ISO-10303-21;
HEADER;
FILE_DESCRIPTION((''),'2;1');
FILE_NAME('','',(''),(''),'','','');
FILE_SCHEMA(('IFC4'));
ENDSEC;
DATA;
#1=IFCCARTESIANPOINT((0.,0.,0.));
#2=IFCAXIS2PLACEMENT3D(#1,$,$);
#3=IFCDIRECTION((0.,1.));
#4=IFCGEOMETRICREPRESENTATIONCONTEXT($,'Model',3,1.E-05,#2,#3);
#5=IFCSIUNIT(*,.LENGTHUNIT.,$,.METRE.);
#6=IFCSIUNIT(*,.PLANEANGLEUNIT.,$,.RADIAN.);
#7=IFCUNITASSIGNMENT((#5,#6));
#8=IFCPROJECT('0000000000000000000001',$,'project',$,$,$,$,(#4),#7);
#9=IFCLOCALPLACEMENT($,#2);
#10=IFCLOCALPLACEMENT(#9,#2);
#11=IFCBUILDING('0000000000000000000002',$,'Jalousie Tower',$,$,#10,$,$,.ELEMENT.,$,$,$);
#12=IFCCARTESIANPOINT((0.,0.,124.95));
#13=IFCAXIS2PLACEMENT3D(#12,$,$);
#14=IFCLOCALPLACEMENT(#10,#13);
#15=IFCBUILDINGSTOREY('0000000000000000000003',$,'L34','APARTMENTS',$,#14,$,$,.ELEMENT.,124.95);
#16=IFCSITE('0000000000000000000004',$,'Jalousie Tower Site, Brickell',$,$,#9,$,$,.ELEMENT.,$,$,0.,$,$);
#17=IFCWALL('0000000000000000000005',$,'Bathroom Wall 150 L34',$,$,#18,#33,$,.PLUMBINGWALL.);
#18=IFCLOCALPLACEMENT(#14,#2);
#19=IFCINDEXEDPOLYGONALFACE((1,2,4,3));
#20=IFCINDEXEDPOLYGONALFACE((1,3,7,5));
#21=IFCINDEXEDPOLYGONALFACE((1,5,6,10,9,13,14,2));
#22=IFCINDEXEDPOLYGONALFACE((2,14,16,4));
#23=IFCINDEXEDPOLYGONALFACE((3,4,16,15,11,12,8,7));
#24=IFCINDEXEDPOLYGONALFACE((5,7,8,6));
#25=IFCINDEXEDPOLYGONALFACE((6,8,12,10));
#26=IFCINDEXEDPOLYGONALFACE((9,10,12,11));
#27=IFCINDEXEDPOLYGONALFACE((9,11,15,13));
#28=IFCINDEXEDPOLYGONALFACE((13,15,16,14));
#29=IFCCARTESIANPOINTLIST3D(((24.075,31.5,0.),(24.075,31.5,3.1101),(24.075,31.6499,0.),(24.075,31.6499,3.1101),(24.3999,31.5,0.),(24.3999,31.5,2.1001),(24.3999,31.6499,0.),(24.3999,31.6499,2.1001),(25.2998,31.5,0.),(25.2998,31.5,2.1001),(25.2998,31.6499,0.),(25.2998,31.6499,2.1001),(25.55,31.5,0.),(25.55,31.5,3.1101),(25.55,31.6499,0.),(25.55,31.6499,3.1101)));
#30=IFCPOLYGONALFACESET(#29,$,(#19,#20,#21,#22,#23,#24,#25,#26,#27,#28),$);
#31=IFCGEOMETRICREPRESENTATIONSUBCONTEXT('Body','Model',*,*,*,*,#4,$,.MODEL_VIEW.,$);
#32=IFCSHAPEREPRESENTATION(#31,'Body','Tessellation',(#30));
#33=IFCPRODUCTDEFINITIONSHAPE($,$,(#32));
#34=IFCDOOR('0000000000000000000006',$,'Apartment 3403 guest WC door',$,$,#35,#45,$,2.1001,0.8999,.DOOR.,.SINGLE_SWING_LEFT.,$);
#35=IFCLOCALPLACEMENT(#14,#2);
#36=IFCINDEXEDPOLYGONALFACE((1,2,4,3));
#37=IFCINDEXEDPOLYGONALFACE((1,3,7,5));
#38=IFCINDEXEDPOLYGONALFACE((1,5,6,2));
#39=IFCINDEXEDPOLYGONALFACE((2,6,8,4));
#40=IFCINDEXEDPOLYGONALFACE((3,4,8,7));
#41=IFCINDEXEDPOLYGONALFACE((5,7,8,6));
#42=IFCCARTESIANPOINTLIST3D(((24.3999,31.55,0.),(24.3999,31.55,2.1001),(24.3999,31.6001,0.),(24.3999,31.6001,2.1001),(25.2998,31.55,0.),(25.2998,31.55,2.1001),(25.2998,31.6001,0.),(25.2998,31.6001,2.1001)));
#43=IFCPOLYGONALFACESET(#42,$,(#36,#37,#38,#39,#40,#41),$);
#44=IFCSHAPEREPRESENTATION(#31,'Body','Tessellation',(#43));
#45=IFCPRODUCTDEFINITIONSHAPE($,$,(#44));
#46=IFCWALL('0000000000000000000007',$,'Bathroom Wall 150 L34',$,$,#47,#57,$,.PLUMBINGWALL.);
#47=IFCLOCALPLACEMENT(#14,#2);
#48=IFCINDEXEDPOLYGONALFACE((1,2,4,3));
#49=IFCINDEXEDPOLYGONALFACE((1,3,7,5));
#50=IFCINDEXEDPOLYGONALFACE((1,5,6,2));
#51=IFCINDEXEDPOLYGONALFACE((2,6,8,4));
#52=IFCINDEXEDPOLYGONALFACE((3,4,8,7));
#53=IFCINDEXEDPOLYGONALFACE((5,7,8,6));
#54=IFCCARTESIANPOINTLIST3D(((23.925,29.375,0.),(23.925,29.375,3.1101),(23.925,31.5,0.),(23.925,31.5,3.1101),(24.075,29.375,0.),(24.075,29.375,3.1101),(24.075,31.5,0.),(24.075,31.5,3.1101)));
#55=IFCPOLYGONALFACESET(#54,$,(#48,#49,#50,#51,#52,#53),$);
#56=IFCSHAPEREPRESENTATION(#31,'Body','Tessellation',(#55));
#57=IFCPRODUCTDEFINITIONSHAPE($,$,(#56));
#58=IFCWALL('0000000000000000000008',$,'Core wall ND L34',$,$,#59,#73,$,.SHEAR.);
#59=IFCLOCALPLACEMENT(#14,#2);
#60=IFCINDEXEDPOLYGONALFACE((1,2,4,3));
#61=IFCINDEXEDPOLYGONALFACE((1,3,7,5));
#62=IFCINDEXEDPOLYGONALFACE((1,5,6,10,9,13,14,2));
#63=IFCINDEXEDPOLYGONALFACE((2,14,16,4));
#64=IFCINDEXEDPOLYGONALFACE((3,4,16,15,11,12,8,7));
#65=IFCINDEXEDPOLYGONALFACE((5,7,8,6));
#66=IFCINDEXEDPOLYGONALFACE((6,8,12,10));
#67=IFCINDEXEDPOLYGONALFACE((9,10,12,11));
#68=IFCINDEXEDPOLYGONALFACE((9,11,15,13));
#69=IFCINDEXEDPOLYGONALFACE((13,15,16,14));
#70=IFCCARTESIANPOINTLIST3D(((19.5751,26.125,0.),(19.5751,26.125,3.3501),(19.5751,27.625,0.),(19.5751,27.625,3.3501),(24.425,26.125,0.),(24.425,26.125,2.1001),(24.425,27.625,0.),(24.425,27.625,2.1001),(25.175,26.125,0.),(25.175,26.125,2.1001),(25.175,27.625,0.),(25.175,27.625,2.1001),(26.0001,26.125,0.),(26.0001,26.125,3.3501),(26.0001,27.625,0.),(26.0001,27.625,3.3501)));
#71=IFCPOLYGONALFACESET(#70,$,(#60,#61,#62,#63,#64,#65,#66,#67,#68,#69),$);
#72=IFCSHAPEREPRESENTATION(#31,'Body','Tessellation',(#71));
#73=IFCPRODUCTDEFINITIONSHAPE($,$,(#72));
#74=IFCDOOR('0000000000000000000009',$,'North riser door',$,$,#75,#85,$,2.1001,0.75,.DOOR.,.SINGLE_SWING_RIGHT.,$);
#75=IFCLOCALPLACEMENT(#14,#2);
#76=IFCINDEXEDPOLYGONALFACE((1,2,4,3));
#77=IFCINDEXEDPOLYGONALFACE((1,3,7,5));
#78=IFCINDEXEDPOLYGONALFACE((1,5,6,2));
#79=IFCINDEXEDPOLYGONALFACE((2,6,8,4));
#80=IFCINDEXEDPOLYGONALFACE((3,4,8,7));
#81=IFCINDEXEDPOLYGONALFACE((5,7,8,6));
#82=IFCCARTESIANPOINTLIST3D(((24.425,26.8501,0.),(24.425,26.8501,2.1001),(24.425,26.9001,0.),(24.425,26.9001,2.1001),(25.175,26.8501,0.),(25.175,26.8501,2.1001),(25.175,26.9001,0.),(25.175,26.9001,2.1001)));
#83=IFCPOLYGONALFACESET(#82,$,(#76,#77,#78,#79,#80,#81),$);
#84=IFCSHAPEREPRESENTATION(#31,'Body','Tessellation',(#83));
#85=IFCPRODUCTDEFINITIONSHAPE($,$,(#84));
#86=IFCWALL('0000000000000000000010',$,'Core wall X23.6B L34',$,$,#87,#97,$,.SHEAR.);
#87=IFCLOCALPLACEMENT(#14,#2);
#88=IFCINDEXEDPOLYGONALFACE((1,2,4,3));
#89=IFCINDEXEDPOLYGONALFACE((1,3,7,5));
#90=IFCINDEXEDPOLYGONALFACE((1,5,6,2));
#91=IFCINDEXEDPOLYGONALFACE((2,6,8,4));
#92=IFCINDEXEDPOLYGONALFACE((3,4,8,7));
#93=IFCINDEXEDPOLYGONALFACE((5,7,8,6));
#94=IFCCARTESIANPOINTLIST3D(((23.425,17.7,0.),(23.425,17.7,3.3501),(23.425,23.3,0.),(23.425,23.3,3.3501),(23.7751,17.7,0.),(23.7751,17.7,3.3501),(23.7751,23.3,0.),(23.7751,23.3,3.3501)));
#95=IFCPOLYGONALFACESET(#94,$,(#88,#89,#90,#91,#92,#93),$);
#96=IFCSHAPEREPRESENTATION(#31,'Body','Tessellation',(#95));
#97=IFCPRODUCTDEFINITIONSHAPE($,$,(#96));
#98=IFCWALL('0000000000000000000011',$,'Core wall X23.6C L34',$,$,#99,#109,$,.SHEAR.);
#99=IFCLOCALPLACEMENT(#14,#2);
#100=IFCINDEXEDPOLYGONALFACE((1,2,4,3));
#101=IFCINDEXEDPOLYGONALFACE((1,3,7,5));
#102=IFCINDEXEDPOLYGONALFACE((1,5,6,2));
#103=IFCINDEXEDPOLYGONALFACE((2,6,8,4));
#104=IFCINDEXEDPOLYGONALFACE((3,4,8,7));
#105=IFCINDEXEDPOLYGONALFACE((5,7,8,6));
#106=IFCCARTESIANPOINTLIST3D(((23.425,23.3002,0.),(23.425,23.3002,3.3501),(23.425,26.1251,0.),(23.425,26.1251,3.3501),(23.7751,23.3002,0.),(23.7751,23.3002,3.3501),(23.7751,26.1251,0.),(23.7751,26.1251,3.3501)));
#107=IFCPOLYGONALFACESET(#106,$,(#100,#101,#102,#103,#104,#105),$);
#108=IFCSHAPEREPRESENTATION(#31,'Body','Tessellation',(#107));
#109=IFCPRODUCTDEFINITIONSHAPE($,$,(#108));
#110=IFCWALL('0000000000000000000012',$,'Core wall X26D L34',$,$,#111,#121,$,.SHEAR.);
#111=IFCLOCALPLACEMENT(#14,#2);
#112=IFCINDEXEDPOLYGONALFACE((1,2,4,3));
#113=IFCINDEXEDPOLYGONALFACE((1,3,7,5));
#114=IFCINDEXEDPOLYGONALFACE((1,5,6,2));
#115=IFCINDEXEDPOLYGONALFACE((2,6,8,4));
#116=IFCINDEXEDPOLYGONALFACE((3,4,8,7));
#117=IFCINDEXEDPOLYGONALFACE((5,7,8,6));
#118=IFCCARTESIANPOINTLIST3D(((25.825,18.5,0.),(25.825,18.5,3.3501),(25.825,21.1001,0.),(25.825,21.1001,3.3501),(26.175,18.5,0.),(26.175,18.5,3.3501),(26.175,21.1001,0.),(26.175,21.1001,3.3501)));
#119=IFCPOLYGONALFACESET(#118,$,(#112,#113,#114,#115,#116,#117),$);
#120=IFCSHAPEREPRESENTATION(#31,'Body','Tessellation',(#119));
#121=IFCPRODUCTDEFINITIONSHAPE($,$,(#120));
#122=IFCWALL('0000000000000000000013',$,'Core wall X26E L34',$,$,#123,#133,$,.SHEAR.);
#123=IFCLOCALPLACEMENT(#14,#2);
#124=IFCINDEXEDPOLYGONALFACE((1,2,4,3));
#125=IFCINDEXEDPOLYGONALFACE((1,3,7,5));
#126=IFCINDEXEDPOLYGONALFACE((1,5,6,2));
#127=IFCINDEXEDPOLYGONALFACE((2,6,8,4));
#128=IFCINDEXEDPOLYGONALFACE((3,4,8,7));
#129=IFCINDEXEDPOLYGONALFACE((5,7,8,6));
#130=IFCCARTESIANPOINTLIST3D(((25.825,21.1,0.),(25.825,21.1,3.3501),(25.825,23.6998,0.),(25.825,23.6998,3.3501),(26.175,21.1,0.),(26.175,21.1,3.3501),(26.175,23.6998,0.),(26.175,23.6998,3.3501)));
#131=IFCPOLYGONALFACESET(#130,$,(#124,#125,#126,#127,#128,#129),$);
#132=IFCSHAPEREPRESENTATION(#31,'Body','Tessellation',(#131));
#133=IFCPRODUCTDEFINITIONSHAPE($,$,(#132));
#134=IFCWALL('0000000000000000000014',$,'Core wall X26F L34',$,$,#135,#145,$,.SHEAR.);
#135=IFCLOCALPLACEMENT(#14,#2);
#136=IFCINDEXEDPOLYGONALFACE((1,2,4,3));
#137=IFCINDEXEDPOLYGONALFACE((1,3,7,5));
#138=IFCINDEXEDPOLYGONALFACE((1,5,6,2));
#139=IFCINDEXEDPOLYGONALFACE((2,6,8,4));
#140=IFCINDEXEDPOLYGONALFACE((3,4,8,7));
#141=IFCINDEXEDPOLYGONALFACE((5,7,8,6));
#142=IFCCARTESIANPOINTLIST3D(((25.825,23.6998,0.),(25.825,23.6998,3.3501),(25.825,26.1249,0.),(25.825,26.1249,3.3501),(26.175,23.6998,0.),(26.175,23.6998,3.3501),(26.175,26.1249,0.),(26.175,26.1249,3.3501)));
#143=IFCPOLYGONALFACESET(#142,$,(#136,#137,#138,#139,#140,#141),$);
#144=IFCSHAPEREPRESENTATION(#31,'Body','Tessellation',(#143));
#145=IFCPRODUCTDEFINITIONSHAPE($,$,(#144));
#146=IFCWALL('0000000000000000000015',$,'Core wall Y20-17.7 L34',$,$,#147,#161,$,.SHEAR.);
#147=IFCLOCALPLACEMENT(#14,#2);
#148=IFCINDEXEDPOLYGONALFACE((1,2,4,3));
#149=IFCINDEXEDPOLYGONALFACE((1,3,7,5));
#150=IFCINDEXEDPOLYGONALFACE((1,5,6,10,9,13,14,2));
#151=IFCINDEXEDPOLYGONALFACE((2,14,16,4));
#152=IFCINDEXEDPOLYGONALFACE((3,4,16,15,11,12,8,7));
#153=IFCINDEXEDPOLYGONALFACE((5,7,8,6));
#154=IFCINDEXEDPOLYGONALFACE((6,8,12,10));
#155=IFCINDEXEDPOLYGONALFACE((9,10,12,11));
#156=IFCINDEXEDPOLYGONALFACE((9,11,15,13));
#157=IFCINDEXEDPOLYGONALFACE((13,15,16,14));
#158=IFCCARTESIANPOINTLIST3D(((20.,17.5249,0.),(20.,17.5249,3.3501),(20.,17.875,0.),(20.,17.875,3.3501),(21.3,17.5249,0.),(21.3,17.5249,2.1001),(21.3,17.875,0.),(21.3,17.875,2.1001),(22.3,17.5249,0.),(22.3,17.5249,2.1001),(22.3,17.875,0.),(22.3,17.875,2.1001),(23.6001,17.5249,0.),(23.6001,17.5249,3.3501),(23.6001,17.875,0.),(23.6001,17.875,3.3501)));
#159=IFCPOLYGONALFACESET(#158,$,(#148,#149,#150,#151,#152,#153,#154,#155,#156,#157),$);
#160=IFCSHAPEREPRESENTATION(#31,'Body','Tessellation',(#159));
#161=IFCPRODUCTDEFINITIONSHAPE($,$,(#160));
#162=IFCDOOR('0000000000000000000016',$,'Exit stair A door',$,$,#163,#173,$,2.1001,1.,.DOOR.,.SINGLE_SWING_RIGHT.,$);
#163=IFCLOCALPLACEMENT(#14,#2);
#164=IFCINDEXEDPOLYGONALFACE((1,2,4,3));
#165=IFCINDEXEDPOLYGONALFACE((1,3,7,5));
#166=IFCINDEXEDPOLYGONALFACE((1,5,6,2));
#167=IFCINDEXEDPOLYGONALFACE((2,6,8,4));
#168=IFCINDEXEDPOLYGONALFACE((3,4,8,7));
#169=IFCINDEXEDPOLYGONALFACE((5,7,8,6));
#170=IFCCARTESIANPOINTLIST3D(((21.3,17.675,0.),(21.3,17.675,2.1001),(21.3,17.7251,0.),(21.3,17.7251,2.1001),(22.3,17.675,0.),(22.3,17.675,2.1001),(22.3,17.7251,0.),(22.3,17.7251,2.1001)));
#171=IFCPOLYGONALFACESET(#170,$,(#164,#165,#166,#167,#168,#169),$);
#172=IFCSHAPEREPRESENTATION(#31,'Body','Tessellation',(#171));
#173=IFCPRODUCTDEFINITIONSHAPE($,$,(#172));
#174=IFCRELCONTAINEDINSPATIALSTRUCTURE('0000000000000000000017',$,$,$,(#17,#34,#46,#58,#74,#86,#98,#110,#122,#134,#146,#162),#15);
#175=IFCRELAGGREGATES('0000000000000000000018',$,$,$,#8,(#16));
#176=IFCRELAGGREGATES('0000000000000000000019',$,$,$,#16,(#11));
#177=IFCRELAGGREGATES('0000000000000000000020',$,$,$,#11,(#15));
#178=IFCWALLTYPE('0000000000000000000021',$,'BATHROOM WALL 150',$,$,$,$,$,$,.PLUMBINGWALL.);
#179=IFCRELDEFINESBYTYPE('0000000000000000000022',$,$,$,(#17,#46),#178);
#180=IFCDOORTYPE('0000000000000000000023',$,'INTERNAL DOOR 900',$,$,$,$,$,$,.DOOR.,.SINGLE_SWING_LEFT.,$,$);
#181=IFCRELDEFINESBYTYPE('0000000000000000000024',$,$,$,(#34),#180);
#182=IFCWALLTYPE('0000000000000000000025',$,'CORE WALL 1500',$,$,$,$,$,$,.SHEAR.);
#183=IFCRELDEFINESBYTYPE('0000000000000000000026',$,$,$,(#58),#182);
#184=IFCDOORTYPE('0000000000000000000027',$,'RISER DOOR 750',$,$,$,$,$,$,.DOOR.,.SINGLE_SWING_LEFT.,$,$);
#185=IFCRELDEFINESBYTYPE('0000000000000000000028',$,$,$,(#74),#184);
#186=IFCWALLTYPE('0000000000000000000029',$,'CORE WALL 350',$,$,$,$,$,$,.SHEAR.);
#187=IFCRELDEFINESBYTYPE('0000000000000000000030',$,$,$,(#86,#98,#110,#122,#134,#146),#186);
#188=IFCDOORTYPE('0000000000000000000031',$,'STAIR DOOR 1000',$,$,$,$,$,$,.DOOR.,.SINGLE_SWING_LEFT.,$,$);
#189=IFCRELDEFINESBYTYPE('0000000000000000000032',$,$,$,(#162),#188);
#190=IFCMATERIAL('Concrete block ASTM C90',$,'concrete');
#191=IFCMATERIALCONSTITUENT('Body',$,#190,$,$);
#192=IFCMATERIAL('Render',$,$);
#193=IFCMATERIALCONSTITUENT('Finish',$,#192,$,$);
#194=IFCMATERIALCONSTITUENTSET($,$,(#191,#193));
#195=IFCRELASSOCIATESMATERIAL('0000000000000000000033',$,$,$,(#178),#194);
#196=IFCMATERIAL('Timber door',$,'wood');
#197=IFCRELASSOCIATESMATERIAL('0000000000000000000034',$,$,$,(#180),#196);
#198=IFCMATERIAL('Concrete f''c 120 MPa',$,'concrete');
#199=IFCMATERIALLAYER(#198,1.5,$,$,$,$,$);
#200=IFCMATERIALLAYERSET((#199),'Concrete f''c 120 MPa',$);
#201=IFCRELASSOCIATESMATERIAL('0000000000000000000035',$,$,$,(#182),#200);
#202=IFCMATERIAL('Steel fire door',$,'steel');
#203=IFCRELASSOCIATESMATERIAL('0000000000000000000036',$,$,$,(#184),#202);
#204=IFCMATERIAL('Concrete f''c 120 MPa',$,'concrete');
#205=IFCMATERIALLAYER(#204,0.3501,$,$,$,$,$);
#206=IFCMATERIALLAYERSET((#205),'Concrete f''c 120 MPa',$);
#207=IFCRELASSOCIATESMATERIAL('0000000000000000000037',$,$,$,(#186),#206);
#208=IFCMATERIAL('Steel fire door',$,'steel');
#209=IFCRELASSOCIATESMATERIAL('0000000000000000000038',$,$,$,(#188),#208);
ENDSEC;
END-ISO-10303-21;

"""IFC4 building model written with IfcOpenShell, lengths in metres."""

from ifc_helpers import new_model, si_unit, direction, frame, frame_2d, origin, place, context, subcontext, project, spatial, rectangle, extrude, material, layer, layer_set, constituent, constituent_set, type_object, element, fill, save


model = new_model("IFC4")

# Units and contexts
model_context = context("Model", 3, precision=1e-05, world=origin(), true_north=direction((0.0, 1.0)))
body_context = subcontext(model_context, "Body", "Model", "MODEL_VIEW")
ifc_project = project(units=[si_unit("LENGTHUNIT", "METRE"), si_unit("PLANEANGLEUNIT", "RADIAN")], contexts=[model_context])

# Site, building, storey
site_placement = place(None, origin())
site = spatial("IfcSite", under=ifc_project, at=site_placement, Name="Jalousie Tower Site, Brickell", CompositionType="ELEMENT", RefElevation=0.0)
building_placement = place(site_placement, origin())
building = spatial("IfcBuilding", under=site, at=building_placement, Name="Jalousie Tower", CompositionType="ELEMENT")
storey_placement = place(building_placement, frame((0.0, 0.0, 124.95)))
storey = spatial("IfcBuildingStorey", under=building, at=storey_placement, Name="L34", Description="APARTMENTS", CompositionType="ELEMENT", Elevation=124.95)

# Wall, opening, door
ifc_material_1 = material(Name="Concrete block ASTM C90", Category="concrete")
ifc_constituent_1 = constituent(ifc_material_1, Name="Body")
ifc_material_2 = material(Name="Render")
ifc_constituent_2 = constituent(ifc_material_2, Name="Finish")
ifc_constituent_set = constituent_set(constituents=[ifc_constituent_1, ifc_constituent_2])
wall_type_1 = type_object("IfcWallType", Name="BATHROOM WALL 150", PredefinedType="PLUMBINGWALL", material=ifc_constituent_set)
wall_1_placement = place(storey_placement, frame((24.075, 31.575, 0.0), z_axis=(0.0, 0.0, 1.0), x_axis=(1.0, 0.0, 0.0)))
wall_1 = element("IfcWall", 1, at=wall_1_placement, inside=storey, type_object=wall_type_1, Name="Bathroom Wall 150 L34", PredefinedType="PLUMBINGWALL", context=body_context, shape_type="SweptSolid", body=[
    extrude(rectangle(XDim=1.4751, YDim=0.1499, at=frame_2d((0.7375, 0.0))), origin(), (0.0, 0.0, 1.0), 3.1101),
])
opening_1_placement = place(wall_1_placement, frame((0.325, 0.0, 0.0)))
opening_1 = element("IfcOpeningElement", 2, at=opening_1_placement, cuts=wall_1, PredefinedType="OPENING", context=body_context, shape_type="SweptSolid", body=[
    extrude(rectangle(XDim=0.8999, YDim=2.1001, at=frame_2d((0.45, 1.05))), frame((0.0, 0.085, 0.0), z_axis=(0.0, -1.0, 0.0), x_axis=(1.0, 0.0, 0.0)), (0.0, 0.0, 1.0), 0.1699),
])
ifc_material_3 = material(Name="Timber door", Category="wood")
door_type_1 = type_object("IfcDoorType", Name="INTERNAL DOOR 900", OperationType="SINGLE_SWING_LEFT", PredefinedType="DOOR", material=ifc_material_3)
door_1_placement = place(opening_1_placement, frame((0.8999, 0.0, 0.0), z_axis=(0.0, 0.0, 1.0), x_axis=(-1.0, 0.0, 0.0)))
door_1 = element("IfcDoor", 3, at=door_1_placement, inside=storey, type_object=door_type_1, Name="Apartment 3403 guest WC door", OperationType="SINGLE_SWING_LEFT", OverallHeight=2.1001, OverallWidth=0.8999, PredefinedType="DOOR", context=body_context, shape_type="SweptSolid", body=[
    extrude(rectangle(XDim=0.8999, YDim=2.1001, at=frame_2d((0.45, 1.05))), frame((0.0, 0.0249, 0.0), z_axis=(0.0, -1.0, 0.0), x_axis=(1.0, 0.0, 0.0)), (0.0, 0.0, 1.0), 0.05),
])
fill(opening_1, door_1)

# Wall
wall_2_placement = place(storey_placement, frame((24.0, 31.5, 0.0), z_axis=(0.0, 0.0, 1.0), x_axis=(0.0, -1.0, 0.0)))
element("IfcWall", 4, at=wall_2_placement, inside=storey, type_object=wall_type_1, Name="Bathroom Wall 150 L34", PredefinedType="PLUMBINGWALL", context=body_context, shape_type="SweptSolid", body=[
    extrude(rectangle(XDim=2.125, YDim=0.1499, at=frame_2d((1.0625, 0.0))), origin(), (0.0, 0.0, 1.0), 3.1101),
])

# Wall, opening, door
ifc_material_4 = material(Name="Concrete f'c 120 MPa", Category="concrete")
ifc_layer_1 = layer(ifc_material_4, 1.5)
ifc_layer_set_1 = layer_set([ifc_layer_1], Name="Concrete f'c 120 MPa")
wall_type_2 = type_object("IfcWallType", Name="CORE WALL 1500", PredefinedType="SHEAR", material=ifc_layer_set_1)
wall_3_placement = place(storey_placement, frame((26.0, 26.875, 0.0), z_axis=(0.0, 0.0, 1.0), x_axis=(-1.0, 0.0, 0.0)))
wall_3 = element("IfcWall", 5, at=wall_3_placement, inside=storey, type_object=wall_type_2, Name="Core wall ND L34", PredefinedType="SHEAR", context=body_context, shape_type="SweptSolid", body=[
    extrude(rectangle(XDim=6.425, YDim=1.5, at=frame_2d((3.2124, 0.0))), origin(), (0.0, 0.0, 1.0), 3.3501),
])
opening_2_placement = place(wall_3_placement, frame((0.825, 0.0, 0.0)))
opening_2 = element("IfcOpeningElement", 6, at=opening_2_placement, cuts=wall_3, PredefinedType="OPENING", context=body_context, shape_type="SweptSolid", body=[
    extrude(rectangle(XDim=0.75, YDim=2.1001, at=frame_2d((0.375, 1.05))), frame((0.0, 0.76, 0.0), z_axis=(0.0, -1.0, 0.0), x_axis=(1.0, 0.0, 0.0)), (0.0, 0.0, 1.0), 1.52),
])
ifc_material_5 = material(Name="Steel fire door", Category="steel")
door_type_2 = type_object("IfcDoorType", Name="RISER DOOR 750", OperationType="SINGLE_SWING_LEFT", PredefinedType="DOOR", material=ifc_material_5)
door_2_placement = place(opening_2_placement, origin())
door_2 = element("IfcDoor", 7, at=door_2_placement, inside=storey, type_object=door_type_2, Name="North riser door", OperationType="SINGLE_SWING_RIGHT", OverallHeight=2.1001, OverallWidth=0.75, PredefinedType="DOOR", context=body_context, shape_type="SweptSolid", body=[
    extrude(rectangle(XDim=0.75, YDim=2.1001, at=frame_2d((0.375, 1.05))), frame((0.0, 0.0249, 0.0), z_axis=(0.0, -1.0, 0.0), x_axis=(1.0, 0.0, 0.0)), (0.0, 0.0, 1.0), 0.05),
])
fill(opening_2, door_2)

# Walls
ifc_material_6 = material(Name="Concrete f'c 120 MPa", Category="concrete")
ifc_layer_2 = layer(ifc_material_6, 0.3501)
ifc_layer_set_2 = layer_set([ifc_layer_2], Name="Concrete f'c 120 MPa")
wall_type_3 = type_object("IfcWallType", Name="CORE WALL 350", PredefinedType="SHEAR", material=ifc_layer_set_2)
wall_4_placement = place(storey_placement, frame((23.6001, 17.7, 0.0), z_axis=(0.0, 0.0, 1.0), x_axis=(0.0, 1.0, 0.0)))
element("IfcWall", 8, at=wall_4_placement, inside=storey, type_object=wall_type_3, Name="Core wall X23.6B L34", PredefinedType="SHEAR", context=body_context, shape_type="SweptSolid", body=[
    extrude(rectangle(XDim=5.6001, YDim=0.3501, at=frame_2d((2.8, 0.0))), origin(), (0.0, 0.0, 1.0), 3.3501),
])
wall_5_placement = place(storey_placement, frame((23.6001, 23.3, 0.0), z_axis=(0.0, 0.0, 1.0), x_axis=(0.0, 1.0, 0.0)))
element("IfcWall", 9, at=wall_5_placement, inside=storey, type_object=wall_type_3, Name="Core wall X23.6C L34", PredefinedType="SHEAR", context=body_context, shape_type="SweptSolid", body=[
    extrude(rectangle(XDim=2.825, YDim=0.3501, at=frame_2d((1.4126, 0.0))), origin(), (0.0, 0.0, 1.0), 3.3501),
])
wall_6_placement = place(storey_placement, frame((26.0, 18.5, 0.0), z_axis=(0.0, 0.0, 1.0), x_axis=(0.0, 1.0, 0.0)))
element("IfcWall", 10, at=wall_6_placement, inside=storey, type_object=wall_type_3, Name="Core wall X26D L34", PredefinedType="SHEAR", context=body_context, shape_type="SweptSolid", body=[
    extrude(rectangle(XDim=2.6001, YDim=0.3501, at=frame_2d((1.3, 0.0))), origin(), (0.0, 0.0, 1.0), 3.3501),
])
wall_7_placement = place(storey_placement, frame((26.0, 21.1001, 0.0), z_axis=(0.0, 0.0, 1.0), x_axis=(0.0, 1.0, 0.0)))
element("IfcWall", 11, at=wall_7_placement, inside=storey, type_object=wall_type_3, Name="Core wall X26E L34", PredefinedType="SHEAR", context=body_context, shape_type="SweptSolid", body=[
    extrude(rectangle(XDim=2.5999, YDim=0.3501, at=frame_2d((1.2998, 0.0))), origin(), (0.0, 0.0, 1.0), 3.3501),
])
wall_8_placement = place(storey_placement, frame((26.0, 23.7, 0.0), z_axis=(0.0, 0.0, 1.0), x_axis=(0.0, 1.0, 0.0)))
element("IfcWall", 12, at=wall_8_placement, inside=storey, type_object=wall_type_3, Name="Core wall X26F L34", PredefinedType="SHEAR", context=body_context, shape_type="SweptSolid", body=[
    extrude(rectangle(XDim=2.425, YDim=0.3501, at=frame_2d((1.2124, 0.0))), origin(), (0.0, 0.0, 1.0), 3.3501),
])

# Wall, opening, door
wall_9_placement = place(storey_placement, frame((20.0, 17.7, 0.0), z_axis=(0.0, 0.0, 1.0), x_axis=(1.0, 0.0, 0.0)))
wall_9 = element("IfcWall", 13, at=wall_9_placement, inside=storey, type_object=wall_type_3, Name="Core wall Y20-17.7 L34", PredefinedType="SHEAR", context=body_context, shape_type="SweptSolid", body=[
    extrude(rectangle(XDim=3.6001, YDim=0.3501, at=frame_2d((1.8, 0.0))), origin(), (0.0, 0.0, 1.0), 3.3501),
])
opening_3_placement = place(wall_9_placement, frame((1.3, 0.0, 0.0)))
opening_3 = element("IfcOpeningElement", 14, at=opening_3_placement, cuts=wall_9, PredefinedType="OPENING", context=body_context, shape_type="SweptSolid", body=[
    extrude(rectangle(XDim=1.0, YDim=2.1001, at=frame_2d((0.5, 1.05))), frame((0.0, 0.1851, 0.0), z_axis=(0.0, -1.0, 0.0), x_axis=(1.0, 0.0, 0.0)), (0.0, 0.0, 1.0), 0.3701),
])
ifc_material_7 = material(Name="Steel fire door", Category="steel")
door_type_3 = type_object("IfcDoorType", Name="STAIR DOOR 1000", OperationType="SINGLE_SWING_LEFT", PredefinedType="DOOR", material=ifc_material_7)
door_3_placement = place(opening_3_placement, frame((1.0, 0.0, 0.0), z_axis=(0.0, 0.0, 1.0), x_axis=(-1.0, 0.0, 0.0)))
door_3 = element("IfcDoor", 15, at=door_3_placement, inside=storey, type_object=door_type_3, Name="Exit stair A door", OperationType="SINGLE_SWING_RIGHT", OverallHeight=2.1001, OverallWidth=1.0, PredefinedType="DOOR", context=body_context, shape_type="SweptSolid", body=[
    extrude(rectangle(XDim=1.0, YDim=2.1001, at=frame_2d((0.5, 1.05))), frame((0.0, 0.0249, 0.0), z_axis=(0.0, -1.0, 0.0), x_axis=(1.0, 0.0, 0.0)), (0.0, 0.0, 1.0), 0.05),
])
fill(opening_3, door_3)

save(model, "model.ifc")
